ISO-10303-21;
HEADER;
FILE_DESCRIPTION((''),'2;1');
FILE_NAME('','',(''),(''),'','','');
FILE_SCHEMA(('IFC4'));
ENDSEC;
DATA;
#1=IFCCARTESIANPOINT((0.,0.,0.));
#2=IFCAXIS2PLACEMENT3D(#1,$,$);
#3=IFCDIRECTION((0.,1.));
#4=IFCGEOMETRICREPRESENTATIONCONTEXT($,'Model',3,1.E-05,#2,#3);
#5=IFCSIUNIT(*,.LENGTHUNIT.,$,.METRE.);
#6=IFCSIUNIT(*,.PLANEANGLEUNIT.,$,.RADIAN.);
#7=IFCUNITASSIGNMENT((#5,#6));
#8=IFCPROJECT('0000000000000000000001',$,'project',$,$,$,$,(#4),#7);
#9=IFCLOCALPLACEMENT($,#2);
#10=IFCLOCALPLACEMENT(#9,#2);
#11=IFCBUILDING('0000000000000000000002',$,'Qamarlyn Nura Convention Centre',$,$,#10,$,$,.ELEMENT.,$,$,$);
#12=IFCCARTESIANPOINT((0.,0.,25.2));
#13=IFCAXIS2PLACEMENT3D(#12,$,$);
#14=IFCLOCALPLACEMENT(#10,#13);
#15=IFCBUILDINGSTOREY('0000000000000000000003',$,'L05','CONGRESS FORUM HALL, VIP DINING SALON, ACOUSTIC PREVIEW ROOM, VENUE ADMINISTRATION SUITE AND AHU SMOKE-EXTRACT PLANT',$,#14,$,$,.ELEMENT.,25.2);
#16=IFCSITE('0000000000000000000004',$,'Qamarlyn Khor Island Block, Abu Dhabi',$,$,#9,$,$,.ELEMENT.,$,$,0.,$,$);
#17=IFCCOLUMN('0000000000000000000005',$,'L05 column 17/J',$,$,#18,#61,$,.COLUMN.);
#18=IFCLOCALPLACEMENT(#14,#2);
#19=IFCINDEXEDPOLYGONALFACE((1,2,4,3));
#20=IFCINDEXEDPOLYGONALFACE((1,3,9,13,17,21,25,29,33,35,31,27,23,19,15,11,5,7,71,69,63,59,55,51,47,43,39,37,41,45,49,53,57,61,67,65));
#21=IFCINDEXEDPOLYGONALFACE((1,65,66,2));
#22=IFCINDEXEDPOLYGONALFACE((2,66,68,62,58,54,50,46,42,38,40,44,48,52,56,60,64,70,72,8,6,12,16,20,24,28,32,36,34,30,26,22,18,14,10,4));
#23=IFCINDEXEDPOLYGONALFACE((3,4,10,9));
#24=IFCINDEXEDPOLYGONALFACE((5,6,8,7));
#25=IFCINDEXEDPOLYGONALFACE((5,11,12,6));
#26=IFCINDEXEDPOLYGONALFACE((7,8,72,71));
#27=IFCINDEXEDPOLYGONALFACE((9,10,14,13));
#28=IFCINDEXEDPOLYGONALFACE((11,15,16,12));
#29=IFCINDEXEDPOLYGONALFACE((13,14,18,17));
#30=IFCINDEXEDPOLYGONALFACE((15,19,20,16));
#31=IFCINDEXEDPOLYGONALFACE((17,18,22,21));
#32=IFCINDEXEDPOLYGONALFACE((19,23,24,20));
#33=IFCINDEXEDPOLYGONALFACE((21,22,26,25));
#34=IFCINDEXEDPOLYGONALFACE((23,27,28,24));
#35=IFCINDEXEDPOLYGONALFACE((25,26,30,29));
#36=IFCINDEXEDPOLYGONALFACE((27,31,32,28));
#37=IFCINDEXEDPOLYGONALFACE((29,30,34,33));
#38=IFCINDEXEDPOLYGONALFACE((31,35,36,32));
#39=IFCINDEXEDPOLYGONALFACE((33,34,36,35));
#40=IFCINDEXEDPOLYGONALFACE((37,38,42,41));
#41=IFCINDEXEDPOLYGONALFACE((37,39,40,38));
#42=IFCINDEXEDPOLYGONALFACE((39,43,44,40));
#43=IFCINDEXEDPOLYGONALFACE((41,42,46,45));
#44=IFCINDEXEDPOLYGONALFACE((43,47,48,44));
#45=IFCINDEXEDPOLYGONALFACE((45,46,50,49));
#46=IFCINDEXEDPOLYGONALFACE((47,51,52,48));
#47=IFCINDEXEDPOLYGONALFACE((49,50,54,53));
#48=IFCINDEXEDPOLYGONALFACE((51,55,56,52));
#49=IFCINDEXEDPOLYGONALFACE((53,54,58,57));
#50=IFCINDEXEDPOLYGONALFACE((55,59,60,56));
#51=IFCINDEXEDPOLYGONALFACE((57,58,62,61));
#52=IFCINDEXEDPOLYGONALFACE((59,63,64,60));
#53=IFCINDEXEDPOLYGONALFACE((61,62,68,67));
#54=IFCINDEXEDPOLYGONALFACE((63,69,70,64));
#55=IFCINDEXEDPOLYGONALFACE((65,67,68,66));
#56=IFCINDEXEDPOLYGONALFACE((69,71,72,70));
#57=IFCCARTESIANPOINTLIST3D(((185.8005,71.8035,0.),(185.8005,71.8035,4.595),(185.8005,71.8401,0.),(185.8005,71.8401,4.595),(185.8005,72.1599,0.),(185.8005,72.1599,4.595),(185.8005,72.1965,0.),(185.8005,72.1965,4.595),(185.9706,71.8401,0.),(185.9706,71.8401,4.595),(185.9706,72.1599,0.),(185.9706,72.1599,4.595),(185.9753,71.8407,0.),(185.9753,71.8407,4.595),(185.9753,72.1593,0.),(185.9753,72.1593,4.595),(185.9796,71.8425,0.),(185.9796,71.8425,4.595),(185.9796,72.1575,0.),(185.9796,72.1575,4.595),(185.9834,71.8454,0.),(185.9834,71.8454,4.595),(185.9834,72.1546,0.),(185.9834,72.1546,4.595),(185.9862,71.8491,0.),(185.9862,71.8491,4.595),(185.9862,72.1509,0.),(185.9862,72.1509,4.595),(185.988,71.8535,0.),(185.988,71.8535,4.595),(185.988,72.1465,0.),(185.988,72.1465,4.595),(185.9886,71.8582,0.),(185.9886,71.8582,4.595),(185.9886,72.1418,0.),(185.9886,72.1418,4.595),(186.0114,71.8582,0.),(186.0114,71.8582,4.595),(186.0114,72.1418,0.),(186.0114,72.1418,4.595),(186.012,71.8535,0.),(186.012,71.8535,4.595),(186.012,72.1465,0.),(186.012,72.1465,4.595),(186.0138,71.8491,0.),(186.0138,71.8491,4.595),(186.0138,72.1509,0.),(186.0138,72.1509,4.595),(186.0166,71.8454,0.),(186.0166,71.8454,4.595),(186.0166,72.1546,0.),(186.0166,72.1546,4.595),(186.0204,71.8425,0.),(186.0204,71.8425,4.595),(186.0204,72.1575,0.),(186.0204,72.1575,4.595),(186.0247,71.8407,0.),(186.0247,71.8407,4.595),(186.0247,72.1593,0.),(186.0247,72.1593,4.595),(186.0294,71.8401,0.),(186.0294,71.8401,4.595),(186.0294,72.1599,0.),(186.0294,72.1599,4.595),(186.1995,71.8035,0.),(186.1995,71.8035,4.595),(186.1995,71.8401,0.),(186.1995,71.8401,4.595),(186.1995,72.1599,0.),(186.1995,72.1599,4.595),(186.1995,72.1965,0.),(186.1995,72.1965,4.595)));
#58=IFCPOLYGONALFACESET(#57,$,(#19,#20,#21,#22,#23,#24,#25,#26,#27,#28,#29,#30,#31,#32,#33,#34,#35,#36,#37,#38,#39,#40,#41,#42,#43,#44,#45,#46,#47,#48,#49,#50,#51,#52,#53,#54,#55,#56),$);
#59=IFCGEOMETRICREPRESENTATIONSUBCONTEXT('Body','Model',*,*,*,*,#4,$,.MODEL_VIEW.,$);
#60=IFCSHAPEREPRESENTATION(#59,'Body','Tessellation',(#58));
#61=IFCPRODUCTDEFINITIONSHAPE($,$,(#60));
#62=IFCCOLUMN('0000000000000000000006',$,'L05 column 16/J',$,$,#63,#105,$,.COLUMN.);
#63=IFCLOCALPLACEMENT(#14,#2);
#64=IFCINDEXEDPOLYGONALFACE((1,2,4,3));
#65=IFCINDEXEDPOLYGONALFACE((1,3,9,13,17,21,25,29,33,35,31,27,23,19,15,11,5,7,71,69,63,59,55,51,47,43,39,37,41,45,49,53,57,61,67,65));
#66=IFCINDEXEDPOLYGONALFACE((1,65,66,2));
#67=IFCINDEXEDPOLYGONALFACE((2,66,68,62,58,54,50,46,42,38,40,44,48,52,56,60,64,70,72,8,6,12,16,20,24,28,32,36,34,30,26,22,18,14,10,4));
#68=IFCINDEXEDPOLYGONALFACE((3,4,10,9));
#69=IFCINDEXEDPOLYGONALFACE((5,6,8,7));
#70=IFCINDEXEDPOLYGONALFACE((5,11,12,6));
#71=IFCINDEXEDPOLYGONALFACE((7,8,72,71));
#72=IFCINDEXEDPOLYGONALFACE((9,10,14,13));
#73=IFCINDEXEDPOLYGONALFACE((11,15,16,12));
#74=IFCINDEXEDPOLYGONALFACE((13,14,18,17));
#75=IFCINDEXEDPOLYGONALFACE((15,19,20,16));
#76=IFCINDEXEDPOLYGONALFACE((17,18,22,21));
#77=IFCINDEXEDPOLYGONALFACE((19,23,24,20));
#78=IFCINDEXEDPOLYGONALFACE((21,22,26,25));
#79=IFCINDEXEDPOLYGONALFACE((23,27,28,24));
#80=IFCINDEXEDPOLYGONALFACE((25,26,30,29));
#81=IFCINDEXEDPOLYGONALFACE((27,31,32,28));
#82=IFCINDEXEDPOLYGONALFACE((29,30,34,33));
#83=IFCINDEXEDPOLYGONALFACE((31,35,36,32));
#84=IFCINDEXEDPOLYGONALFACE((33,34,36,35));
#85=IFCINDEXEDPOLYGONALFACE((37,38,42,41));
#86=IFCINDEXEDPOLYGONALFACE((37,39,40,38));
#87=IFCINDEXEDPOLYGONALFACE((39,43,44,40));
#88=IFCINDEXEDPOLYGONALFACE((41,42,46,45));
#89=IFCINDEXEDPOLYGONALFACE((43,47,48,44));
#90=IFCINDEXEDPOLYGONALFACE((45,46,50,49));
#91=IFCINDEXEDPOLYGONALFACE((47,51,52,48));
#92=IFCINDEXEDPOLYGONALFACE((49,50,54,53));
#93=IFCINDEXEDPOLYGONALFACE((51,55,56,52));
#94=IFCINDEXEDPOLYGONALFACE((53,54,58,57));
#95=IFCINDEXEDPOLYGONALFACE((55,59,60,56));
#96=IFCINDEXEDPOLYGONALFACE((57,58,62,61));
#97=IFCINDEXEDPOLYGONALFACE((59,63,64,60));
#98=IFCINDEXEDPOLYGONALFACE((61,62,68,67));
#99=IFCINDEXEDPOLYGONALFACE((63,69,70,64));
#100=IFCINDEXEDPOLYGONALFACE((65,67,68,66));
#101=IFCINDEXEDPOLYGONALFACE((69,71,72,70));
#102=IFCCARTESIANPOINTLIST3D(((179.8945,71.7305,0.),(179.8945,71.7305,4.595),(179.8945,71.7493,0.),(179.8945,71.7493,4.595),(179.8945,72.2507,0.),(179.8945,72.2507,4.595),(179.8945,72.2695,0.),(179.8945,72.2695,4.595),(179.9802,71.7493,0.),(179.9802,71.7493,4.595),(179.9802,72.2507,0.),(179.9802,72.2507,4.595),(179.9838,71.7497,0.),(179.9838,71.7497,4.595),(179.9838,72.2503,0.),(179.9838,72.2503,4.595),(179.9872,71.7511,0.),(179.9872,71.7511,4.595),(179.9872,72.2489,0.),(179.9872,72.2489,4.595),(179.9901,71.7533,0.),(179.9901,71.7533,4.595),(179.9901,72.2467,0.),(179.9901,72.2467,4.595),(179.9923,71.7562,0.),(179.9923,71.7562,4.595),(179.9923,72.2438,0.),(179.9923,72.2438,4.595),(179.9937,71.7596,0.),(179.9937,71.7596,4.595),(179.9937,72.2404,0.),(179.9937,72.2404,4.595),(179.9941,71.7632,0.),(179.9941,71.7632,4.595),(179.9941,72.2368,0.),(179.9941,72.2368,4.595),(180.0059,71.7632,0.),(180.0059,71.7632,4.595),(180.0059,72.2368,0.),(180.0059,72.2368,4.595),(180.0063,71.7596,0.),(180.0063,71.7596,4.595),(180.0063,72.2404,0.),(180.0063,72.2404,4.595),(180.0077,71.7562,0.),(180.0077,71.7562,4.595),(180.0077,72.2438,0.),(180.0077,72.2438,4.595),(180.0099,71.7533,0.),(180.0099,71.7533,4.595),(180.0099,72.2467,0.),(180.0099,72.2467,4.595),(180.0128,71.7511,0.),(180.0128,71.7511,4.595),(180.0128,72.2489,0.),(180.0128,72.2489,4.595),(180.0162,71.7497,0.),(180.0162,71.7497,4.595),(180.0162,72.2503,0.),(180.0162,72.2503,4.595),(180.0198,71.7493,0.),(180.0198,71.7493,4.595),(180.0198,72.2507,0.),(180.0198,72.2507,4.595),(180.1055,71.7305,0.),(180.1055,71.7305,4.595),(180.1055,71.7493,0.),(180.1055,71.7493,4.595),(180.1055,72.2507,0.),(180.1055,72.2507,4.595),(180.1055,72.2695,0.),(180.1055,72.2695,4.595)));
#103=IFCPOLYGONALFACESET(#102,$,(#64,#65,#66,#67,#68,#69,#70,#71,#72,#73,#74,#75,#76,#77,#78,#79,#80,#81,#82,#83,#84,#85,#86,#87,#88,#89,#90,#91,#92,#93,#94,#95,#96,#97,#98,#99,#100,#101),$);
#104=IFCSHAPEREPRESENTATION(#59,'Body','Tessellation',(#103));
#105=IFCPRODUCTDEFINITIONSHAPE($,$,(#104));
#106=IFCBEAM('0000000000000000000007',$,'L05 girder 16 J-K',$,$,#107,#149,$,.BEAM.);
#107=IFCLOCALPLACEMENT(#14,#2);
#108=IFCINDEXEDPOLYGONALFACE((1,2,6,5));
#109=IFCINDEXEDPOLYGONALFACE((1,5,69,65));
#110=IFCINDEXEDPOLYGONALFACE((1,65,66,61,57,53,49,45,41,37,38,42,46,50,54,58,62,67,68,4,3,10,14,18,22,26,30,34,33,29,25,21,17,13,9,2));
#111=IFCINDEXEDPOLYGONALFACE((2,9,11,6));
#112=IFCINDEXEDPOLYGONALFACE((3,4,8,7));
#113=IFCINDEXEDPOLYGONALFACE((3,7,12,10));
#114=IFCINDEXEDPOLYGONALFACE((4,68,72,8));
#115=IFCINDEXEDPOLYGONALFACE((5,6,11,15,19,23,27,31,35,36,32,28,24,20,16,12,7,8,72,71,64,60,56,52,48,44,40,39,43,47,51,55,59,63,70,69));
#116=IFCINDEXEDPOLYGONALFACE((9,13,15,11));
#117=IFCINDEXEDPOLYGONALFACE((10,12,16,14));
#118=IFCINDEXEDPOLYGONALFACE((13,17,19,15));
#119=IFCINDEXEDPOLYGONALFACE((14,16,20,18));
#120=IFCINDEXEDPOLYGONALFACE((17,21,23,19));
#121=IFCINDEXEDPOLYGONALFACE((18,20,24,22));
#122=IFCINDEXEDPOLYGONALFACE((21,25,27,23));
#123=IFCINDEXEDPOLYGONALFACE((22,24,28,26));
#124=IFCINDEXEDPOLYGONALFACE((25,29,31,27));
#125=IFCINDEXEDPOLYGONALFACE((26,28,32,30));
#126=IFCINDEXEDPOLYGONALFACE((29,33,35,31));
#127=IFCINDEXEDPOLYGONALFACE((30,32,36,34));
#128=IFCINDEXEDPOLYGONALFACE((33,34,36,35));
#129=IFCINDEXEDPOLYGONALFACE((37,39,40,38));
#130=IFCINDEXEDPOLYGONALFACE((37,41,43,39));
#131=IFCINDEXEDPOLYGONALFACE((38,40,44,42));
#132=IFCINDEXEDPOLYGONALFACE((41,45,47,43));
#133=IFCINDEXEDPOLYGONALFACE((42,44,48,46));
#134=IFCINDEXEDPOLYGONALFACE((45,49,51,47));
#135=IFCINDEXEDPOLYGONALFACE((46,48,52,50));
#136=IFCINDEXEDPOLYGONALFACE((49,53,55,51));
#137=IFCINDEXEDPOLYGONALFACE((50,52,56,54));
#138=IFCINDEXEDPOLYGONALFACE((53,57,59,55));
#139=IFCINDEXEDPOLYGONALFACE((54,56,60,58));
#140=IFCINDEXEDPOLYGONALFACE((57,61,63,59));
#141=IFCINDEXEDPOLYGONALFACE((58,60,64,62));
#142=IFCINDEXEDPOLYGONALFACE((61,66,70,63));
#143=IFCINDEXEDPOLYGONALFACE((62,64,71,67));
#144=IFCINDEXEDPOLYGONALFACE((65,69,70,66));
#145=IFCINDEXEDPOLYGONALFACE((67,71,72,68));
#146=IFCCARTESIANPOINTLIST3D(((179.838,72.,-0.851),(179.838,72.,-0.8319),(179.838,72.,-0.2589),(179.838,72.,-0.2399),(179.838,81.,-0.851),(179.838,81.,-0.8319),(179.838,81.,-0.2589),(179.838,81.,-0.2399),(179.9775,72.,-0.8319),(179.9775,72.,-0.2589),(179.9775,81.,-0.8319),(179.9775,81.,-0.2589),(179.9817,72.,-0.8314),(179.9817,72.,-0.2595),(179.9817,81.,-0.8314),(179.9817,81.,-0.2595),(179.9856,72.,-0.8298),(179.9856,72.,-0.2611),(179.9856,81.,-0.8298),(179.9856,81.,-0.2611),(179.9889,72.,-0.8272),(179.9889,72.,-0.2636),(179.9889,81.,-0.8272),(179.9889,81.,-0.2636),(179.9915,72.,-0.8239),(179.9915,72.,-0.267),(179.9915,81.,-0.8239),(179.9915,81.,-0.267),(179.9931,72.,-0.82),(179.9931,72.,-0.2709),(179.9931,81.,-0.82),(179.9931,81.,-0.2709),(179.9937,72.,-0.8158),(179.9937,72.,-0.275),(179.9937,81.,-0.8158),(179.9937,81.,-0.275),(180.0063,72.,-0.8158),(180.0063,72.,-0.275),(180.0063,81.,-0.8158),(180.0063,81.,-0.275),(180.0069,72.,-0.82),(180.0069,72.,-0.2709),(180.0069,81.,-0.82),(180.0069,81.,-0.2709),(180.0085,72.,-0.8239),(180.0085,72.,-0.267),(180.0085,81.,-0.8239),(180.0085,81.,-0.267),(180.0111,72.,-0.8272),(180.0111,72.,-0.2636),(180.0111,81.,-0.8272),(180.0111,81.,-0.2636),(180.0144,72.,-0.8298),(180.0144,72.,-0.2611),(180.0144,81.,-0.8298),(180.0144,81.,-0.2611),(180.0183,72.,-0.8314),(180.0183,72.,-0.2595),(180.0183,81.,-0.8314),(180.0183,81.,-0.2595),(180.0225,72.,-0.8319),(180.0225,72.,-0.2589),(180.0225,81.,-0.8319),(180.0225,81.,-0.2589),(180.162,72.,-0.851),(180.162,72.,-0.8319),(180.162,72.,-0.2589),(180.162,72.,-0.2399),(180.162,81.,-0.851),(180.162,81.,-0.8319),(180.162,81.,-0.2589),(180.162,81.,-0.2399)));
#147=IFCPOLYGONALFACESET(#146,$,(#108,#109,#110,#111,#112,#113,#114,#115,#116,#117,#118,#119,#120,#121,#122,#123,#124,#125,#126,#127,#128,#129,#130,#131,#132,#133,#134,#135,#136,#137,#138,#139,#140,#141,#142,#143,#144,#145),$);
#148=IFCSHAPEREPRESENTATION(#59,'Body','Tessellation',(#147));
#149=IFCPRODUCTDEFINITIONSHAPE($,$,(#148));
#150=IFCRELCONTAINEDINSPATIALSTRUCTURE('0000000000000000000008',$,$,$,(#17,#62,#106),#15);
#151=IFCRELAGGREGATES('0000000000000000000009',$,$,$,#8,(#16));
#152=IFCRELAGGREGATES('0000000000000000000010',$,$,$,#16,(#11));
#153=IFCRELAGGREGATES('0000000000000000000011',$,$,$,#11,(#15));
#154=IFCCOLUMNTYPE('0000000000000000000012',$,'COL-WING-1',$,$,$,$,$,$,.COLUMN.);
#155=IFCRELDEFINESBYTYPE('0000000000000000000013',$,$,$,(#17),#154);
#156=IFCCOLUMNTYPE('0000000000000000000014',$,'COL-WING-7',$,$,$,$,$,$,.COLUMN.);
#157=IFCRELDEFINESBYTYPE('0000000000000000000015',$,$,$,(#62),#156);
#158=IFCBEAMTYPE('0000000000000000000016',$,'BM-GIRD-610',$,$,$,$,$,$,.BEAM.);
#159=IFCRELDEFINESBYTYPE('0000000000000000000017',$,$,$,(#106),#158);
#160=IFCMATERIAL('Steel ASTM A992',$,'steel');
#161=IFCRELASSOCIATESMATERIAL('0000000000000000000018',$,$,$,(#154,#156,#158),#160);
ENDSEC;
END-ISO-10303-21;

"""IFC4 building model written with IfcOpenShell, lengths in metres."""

from ifc_helpers import new_model, si_unit, direction, frame, origin, origin_2d, place, context, subcontext, project, spatial, i_section, extrude, material, material_profile, profile_set, type_object, element, save


model = new_model("IFC4")

# Units and contexts
model_context = context("Model", 3, precision=1e-05, world=origin(), true_north=direction((0.0, 1.0)))
body_context = subcontext(model_context, "Body", "Model", "MODEL_VIEW")
ifc_project = project(units=[si_unit("LENGTHUNIT", "METRE"), si_unit("PLANEANGLEUNIT", "RADIAN")], contexts=[model_context])

# Site, building, storey
site_placement = place(None, origin())
site = spatial("IfcSite", under=ifc_project, at=site_placement, Name="Qamarlyn Khor Island Block, Abu Dhabi", CompositionType="ELEMENT", RefElevation=0.0)
building_placement = place(site_placement, origin())
building = spatial("IfcBuilding", under=site, at=building_placement, Name="Qamarlyn Nura Convention Centre", CompositionType="ELEMENT")
storey_placement = place(building_placement, frame((0.0, 0.0, 25.2)))
storey = spatial("IfcBuildingStorey", under=building, at=storey_placement, Name="L05", Description="CONGRESS FORUM HALL, VIP DINING SALON, ACOUSTIC PREVIEW ROOM, VENUE ADMINISTRATION SUITE AND AHU SMOKE-EXTRACT PLANT", CompositionType="ELEMENT", Elevation=25.2)

# Columns
ifc_material_1 = material(Name="Steel ASTM A992", Category="steel")
ifc_material_profile_1 = material_profile(ifc_material_1, i_section(OverallWidth=0.3989, OverallDepth=0.3931, WebThickness=0.0227, FlangeThickness=0.0366, FilletRadius=0.0181, at=origin_2d()), Name="W360X287")
ifc_profile_set_1 = profile_set([ifc_material_profile_1], Name="Steel ASTM A992")
column_type_1 = type_object("IfcColumnType", Name="COL-WING-1", PredefinedType="COLUMN", material=ifc_profile_set_1)
column_1_placement = place(storey_placement, frame((186.0, 72.0, 0.0), z_axis=(0.0, 0.0, 1.0), x_axis=(1.0, 0.0, 0.0)))
element("IfcColumn", 1, at=column_1_placement, inside=storey, type_object=column_type_1, Name="L05 column 17/J", PredefinedType="COLUMN", context=body_context, shape_type="SweptSolid", body=[
    extrude(i_section(OverallWidth=0.3989, OverallDepth=0.3931, WebThickness=0.0227, FlangeThickness=0.0366, FilletRadius=0.0181, at=origin_2d()), origin(), (0.0, 0.0, 1.0), 4.595),
])
ifc_material_profile_2 = material_profile(ifc_material_1, i_section(OverallWidth=0.2109, OverallDepth=0.5391, WebThickness=0.0117, FlangeThickness=0.0188, FilletRadius=0.0139, at=origin_2d()), Name="W530X109")
ifc_profile_set_2 = profile_set([ifc_material_profile_2], Name="Steel ASTM A992")
column_type_2 = type_object("IfcColumnType", Name="COL-WING-7", PredefinedType="COLUMN", material=ifc_profile_set_2)
column_2_placement = place(storey_placement, frame((180.0, 72.0, 0.0), z_axis=(0.0, 0.0, 1.0), x_axis=(1.0, 0.0, 0.0)))
element("IfcColumn", 2, at=column_2_placement, inside=storey, type_object=column_type_2, Name="L05 column 16/J", PredefinedType="COLUMN", context=body_context, shape_type="SweptSolid", body=[
    extrude(i_section(OverallWidth=0.2109, OverallDepth=0.5391, WebThickness=0.0117, FlangeThickness=0.0188, FilletRadius=0.0139, at=origin_2d()), origin(), (0.0, 0.0, 1.0), 4.595),
])

# Beam
ifc_material_profile_3 = material_profile(ifc_material_1, i_section(OverallWidth=0.324, OverallDepth=0.6111, WebThickness=0.0127, FlangeThickness=0.019, FilletRadius=0.0161, at=origin_2d()), Name="W610X155")
ifc_profile_set_3 = profile_set([ifc_material_profile_3], Name="Steel ASTM A992")
beam_type_1 = type_object("IfcBeamType", Name="BM-GIRD-610", PredefinedType="BEAM", material=ifc_profile_set_3)
beam_1_placement = place(storey_placement, frame((180.0, 72.0, -0.5454), z_axis=(0.0, 1.0, 0.0), x_axis=(-1.0, 0.0, 0.0)))
element("IfcBeam", 3, at=beam_1_placement, inside=storey, type_object=beam_type_1, Name="L05 girder 16 J-K", PredefinedType="BEAM", context=body_context, shape_type="SweptSolid", body=[
    extrude(i_section(OverallWidth=0.324, OverallDepth=0.6111, WebThickness=0.0127, FlangeThickness=0.019, FilletRadius=0.0161, at=origin_2d()), origin(), (0.0, 0.0, 1.0), 9.0),
])

save(model, "model.ifc")
